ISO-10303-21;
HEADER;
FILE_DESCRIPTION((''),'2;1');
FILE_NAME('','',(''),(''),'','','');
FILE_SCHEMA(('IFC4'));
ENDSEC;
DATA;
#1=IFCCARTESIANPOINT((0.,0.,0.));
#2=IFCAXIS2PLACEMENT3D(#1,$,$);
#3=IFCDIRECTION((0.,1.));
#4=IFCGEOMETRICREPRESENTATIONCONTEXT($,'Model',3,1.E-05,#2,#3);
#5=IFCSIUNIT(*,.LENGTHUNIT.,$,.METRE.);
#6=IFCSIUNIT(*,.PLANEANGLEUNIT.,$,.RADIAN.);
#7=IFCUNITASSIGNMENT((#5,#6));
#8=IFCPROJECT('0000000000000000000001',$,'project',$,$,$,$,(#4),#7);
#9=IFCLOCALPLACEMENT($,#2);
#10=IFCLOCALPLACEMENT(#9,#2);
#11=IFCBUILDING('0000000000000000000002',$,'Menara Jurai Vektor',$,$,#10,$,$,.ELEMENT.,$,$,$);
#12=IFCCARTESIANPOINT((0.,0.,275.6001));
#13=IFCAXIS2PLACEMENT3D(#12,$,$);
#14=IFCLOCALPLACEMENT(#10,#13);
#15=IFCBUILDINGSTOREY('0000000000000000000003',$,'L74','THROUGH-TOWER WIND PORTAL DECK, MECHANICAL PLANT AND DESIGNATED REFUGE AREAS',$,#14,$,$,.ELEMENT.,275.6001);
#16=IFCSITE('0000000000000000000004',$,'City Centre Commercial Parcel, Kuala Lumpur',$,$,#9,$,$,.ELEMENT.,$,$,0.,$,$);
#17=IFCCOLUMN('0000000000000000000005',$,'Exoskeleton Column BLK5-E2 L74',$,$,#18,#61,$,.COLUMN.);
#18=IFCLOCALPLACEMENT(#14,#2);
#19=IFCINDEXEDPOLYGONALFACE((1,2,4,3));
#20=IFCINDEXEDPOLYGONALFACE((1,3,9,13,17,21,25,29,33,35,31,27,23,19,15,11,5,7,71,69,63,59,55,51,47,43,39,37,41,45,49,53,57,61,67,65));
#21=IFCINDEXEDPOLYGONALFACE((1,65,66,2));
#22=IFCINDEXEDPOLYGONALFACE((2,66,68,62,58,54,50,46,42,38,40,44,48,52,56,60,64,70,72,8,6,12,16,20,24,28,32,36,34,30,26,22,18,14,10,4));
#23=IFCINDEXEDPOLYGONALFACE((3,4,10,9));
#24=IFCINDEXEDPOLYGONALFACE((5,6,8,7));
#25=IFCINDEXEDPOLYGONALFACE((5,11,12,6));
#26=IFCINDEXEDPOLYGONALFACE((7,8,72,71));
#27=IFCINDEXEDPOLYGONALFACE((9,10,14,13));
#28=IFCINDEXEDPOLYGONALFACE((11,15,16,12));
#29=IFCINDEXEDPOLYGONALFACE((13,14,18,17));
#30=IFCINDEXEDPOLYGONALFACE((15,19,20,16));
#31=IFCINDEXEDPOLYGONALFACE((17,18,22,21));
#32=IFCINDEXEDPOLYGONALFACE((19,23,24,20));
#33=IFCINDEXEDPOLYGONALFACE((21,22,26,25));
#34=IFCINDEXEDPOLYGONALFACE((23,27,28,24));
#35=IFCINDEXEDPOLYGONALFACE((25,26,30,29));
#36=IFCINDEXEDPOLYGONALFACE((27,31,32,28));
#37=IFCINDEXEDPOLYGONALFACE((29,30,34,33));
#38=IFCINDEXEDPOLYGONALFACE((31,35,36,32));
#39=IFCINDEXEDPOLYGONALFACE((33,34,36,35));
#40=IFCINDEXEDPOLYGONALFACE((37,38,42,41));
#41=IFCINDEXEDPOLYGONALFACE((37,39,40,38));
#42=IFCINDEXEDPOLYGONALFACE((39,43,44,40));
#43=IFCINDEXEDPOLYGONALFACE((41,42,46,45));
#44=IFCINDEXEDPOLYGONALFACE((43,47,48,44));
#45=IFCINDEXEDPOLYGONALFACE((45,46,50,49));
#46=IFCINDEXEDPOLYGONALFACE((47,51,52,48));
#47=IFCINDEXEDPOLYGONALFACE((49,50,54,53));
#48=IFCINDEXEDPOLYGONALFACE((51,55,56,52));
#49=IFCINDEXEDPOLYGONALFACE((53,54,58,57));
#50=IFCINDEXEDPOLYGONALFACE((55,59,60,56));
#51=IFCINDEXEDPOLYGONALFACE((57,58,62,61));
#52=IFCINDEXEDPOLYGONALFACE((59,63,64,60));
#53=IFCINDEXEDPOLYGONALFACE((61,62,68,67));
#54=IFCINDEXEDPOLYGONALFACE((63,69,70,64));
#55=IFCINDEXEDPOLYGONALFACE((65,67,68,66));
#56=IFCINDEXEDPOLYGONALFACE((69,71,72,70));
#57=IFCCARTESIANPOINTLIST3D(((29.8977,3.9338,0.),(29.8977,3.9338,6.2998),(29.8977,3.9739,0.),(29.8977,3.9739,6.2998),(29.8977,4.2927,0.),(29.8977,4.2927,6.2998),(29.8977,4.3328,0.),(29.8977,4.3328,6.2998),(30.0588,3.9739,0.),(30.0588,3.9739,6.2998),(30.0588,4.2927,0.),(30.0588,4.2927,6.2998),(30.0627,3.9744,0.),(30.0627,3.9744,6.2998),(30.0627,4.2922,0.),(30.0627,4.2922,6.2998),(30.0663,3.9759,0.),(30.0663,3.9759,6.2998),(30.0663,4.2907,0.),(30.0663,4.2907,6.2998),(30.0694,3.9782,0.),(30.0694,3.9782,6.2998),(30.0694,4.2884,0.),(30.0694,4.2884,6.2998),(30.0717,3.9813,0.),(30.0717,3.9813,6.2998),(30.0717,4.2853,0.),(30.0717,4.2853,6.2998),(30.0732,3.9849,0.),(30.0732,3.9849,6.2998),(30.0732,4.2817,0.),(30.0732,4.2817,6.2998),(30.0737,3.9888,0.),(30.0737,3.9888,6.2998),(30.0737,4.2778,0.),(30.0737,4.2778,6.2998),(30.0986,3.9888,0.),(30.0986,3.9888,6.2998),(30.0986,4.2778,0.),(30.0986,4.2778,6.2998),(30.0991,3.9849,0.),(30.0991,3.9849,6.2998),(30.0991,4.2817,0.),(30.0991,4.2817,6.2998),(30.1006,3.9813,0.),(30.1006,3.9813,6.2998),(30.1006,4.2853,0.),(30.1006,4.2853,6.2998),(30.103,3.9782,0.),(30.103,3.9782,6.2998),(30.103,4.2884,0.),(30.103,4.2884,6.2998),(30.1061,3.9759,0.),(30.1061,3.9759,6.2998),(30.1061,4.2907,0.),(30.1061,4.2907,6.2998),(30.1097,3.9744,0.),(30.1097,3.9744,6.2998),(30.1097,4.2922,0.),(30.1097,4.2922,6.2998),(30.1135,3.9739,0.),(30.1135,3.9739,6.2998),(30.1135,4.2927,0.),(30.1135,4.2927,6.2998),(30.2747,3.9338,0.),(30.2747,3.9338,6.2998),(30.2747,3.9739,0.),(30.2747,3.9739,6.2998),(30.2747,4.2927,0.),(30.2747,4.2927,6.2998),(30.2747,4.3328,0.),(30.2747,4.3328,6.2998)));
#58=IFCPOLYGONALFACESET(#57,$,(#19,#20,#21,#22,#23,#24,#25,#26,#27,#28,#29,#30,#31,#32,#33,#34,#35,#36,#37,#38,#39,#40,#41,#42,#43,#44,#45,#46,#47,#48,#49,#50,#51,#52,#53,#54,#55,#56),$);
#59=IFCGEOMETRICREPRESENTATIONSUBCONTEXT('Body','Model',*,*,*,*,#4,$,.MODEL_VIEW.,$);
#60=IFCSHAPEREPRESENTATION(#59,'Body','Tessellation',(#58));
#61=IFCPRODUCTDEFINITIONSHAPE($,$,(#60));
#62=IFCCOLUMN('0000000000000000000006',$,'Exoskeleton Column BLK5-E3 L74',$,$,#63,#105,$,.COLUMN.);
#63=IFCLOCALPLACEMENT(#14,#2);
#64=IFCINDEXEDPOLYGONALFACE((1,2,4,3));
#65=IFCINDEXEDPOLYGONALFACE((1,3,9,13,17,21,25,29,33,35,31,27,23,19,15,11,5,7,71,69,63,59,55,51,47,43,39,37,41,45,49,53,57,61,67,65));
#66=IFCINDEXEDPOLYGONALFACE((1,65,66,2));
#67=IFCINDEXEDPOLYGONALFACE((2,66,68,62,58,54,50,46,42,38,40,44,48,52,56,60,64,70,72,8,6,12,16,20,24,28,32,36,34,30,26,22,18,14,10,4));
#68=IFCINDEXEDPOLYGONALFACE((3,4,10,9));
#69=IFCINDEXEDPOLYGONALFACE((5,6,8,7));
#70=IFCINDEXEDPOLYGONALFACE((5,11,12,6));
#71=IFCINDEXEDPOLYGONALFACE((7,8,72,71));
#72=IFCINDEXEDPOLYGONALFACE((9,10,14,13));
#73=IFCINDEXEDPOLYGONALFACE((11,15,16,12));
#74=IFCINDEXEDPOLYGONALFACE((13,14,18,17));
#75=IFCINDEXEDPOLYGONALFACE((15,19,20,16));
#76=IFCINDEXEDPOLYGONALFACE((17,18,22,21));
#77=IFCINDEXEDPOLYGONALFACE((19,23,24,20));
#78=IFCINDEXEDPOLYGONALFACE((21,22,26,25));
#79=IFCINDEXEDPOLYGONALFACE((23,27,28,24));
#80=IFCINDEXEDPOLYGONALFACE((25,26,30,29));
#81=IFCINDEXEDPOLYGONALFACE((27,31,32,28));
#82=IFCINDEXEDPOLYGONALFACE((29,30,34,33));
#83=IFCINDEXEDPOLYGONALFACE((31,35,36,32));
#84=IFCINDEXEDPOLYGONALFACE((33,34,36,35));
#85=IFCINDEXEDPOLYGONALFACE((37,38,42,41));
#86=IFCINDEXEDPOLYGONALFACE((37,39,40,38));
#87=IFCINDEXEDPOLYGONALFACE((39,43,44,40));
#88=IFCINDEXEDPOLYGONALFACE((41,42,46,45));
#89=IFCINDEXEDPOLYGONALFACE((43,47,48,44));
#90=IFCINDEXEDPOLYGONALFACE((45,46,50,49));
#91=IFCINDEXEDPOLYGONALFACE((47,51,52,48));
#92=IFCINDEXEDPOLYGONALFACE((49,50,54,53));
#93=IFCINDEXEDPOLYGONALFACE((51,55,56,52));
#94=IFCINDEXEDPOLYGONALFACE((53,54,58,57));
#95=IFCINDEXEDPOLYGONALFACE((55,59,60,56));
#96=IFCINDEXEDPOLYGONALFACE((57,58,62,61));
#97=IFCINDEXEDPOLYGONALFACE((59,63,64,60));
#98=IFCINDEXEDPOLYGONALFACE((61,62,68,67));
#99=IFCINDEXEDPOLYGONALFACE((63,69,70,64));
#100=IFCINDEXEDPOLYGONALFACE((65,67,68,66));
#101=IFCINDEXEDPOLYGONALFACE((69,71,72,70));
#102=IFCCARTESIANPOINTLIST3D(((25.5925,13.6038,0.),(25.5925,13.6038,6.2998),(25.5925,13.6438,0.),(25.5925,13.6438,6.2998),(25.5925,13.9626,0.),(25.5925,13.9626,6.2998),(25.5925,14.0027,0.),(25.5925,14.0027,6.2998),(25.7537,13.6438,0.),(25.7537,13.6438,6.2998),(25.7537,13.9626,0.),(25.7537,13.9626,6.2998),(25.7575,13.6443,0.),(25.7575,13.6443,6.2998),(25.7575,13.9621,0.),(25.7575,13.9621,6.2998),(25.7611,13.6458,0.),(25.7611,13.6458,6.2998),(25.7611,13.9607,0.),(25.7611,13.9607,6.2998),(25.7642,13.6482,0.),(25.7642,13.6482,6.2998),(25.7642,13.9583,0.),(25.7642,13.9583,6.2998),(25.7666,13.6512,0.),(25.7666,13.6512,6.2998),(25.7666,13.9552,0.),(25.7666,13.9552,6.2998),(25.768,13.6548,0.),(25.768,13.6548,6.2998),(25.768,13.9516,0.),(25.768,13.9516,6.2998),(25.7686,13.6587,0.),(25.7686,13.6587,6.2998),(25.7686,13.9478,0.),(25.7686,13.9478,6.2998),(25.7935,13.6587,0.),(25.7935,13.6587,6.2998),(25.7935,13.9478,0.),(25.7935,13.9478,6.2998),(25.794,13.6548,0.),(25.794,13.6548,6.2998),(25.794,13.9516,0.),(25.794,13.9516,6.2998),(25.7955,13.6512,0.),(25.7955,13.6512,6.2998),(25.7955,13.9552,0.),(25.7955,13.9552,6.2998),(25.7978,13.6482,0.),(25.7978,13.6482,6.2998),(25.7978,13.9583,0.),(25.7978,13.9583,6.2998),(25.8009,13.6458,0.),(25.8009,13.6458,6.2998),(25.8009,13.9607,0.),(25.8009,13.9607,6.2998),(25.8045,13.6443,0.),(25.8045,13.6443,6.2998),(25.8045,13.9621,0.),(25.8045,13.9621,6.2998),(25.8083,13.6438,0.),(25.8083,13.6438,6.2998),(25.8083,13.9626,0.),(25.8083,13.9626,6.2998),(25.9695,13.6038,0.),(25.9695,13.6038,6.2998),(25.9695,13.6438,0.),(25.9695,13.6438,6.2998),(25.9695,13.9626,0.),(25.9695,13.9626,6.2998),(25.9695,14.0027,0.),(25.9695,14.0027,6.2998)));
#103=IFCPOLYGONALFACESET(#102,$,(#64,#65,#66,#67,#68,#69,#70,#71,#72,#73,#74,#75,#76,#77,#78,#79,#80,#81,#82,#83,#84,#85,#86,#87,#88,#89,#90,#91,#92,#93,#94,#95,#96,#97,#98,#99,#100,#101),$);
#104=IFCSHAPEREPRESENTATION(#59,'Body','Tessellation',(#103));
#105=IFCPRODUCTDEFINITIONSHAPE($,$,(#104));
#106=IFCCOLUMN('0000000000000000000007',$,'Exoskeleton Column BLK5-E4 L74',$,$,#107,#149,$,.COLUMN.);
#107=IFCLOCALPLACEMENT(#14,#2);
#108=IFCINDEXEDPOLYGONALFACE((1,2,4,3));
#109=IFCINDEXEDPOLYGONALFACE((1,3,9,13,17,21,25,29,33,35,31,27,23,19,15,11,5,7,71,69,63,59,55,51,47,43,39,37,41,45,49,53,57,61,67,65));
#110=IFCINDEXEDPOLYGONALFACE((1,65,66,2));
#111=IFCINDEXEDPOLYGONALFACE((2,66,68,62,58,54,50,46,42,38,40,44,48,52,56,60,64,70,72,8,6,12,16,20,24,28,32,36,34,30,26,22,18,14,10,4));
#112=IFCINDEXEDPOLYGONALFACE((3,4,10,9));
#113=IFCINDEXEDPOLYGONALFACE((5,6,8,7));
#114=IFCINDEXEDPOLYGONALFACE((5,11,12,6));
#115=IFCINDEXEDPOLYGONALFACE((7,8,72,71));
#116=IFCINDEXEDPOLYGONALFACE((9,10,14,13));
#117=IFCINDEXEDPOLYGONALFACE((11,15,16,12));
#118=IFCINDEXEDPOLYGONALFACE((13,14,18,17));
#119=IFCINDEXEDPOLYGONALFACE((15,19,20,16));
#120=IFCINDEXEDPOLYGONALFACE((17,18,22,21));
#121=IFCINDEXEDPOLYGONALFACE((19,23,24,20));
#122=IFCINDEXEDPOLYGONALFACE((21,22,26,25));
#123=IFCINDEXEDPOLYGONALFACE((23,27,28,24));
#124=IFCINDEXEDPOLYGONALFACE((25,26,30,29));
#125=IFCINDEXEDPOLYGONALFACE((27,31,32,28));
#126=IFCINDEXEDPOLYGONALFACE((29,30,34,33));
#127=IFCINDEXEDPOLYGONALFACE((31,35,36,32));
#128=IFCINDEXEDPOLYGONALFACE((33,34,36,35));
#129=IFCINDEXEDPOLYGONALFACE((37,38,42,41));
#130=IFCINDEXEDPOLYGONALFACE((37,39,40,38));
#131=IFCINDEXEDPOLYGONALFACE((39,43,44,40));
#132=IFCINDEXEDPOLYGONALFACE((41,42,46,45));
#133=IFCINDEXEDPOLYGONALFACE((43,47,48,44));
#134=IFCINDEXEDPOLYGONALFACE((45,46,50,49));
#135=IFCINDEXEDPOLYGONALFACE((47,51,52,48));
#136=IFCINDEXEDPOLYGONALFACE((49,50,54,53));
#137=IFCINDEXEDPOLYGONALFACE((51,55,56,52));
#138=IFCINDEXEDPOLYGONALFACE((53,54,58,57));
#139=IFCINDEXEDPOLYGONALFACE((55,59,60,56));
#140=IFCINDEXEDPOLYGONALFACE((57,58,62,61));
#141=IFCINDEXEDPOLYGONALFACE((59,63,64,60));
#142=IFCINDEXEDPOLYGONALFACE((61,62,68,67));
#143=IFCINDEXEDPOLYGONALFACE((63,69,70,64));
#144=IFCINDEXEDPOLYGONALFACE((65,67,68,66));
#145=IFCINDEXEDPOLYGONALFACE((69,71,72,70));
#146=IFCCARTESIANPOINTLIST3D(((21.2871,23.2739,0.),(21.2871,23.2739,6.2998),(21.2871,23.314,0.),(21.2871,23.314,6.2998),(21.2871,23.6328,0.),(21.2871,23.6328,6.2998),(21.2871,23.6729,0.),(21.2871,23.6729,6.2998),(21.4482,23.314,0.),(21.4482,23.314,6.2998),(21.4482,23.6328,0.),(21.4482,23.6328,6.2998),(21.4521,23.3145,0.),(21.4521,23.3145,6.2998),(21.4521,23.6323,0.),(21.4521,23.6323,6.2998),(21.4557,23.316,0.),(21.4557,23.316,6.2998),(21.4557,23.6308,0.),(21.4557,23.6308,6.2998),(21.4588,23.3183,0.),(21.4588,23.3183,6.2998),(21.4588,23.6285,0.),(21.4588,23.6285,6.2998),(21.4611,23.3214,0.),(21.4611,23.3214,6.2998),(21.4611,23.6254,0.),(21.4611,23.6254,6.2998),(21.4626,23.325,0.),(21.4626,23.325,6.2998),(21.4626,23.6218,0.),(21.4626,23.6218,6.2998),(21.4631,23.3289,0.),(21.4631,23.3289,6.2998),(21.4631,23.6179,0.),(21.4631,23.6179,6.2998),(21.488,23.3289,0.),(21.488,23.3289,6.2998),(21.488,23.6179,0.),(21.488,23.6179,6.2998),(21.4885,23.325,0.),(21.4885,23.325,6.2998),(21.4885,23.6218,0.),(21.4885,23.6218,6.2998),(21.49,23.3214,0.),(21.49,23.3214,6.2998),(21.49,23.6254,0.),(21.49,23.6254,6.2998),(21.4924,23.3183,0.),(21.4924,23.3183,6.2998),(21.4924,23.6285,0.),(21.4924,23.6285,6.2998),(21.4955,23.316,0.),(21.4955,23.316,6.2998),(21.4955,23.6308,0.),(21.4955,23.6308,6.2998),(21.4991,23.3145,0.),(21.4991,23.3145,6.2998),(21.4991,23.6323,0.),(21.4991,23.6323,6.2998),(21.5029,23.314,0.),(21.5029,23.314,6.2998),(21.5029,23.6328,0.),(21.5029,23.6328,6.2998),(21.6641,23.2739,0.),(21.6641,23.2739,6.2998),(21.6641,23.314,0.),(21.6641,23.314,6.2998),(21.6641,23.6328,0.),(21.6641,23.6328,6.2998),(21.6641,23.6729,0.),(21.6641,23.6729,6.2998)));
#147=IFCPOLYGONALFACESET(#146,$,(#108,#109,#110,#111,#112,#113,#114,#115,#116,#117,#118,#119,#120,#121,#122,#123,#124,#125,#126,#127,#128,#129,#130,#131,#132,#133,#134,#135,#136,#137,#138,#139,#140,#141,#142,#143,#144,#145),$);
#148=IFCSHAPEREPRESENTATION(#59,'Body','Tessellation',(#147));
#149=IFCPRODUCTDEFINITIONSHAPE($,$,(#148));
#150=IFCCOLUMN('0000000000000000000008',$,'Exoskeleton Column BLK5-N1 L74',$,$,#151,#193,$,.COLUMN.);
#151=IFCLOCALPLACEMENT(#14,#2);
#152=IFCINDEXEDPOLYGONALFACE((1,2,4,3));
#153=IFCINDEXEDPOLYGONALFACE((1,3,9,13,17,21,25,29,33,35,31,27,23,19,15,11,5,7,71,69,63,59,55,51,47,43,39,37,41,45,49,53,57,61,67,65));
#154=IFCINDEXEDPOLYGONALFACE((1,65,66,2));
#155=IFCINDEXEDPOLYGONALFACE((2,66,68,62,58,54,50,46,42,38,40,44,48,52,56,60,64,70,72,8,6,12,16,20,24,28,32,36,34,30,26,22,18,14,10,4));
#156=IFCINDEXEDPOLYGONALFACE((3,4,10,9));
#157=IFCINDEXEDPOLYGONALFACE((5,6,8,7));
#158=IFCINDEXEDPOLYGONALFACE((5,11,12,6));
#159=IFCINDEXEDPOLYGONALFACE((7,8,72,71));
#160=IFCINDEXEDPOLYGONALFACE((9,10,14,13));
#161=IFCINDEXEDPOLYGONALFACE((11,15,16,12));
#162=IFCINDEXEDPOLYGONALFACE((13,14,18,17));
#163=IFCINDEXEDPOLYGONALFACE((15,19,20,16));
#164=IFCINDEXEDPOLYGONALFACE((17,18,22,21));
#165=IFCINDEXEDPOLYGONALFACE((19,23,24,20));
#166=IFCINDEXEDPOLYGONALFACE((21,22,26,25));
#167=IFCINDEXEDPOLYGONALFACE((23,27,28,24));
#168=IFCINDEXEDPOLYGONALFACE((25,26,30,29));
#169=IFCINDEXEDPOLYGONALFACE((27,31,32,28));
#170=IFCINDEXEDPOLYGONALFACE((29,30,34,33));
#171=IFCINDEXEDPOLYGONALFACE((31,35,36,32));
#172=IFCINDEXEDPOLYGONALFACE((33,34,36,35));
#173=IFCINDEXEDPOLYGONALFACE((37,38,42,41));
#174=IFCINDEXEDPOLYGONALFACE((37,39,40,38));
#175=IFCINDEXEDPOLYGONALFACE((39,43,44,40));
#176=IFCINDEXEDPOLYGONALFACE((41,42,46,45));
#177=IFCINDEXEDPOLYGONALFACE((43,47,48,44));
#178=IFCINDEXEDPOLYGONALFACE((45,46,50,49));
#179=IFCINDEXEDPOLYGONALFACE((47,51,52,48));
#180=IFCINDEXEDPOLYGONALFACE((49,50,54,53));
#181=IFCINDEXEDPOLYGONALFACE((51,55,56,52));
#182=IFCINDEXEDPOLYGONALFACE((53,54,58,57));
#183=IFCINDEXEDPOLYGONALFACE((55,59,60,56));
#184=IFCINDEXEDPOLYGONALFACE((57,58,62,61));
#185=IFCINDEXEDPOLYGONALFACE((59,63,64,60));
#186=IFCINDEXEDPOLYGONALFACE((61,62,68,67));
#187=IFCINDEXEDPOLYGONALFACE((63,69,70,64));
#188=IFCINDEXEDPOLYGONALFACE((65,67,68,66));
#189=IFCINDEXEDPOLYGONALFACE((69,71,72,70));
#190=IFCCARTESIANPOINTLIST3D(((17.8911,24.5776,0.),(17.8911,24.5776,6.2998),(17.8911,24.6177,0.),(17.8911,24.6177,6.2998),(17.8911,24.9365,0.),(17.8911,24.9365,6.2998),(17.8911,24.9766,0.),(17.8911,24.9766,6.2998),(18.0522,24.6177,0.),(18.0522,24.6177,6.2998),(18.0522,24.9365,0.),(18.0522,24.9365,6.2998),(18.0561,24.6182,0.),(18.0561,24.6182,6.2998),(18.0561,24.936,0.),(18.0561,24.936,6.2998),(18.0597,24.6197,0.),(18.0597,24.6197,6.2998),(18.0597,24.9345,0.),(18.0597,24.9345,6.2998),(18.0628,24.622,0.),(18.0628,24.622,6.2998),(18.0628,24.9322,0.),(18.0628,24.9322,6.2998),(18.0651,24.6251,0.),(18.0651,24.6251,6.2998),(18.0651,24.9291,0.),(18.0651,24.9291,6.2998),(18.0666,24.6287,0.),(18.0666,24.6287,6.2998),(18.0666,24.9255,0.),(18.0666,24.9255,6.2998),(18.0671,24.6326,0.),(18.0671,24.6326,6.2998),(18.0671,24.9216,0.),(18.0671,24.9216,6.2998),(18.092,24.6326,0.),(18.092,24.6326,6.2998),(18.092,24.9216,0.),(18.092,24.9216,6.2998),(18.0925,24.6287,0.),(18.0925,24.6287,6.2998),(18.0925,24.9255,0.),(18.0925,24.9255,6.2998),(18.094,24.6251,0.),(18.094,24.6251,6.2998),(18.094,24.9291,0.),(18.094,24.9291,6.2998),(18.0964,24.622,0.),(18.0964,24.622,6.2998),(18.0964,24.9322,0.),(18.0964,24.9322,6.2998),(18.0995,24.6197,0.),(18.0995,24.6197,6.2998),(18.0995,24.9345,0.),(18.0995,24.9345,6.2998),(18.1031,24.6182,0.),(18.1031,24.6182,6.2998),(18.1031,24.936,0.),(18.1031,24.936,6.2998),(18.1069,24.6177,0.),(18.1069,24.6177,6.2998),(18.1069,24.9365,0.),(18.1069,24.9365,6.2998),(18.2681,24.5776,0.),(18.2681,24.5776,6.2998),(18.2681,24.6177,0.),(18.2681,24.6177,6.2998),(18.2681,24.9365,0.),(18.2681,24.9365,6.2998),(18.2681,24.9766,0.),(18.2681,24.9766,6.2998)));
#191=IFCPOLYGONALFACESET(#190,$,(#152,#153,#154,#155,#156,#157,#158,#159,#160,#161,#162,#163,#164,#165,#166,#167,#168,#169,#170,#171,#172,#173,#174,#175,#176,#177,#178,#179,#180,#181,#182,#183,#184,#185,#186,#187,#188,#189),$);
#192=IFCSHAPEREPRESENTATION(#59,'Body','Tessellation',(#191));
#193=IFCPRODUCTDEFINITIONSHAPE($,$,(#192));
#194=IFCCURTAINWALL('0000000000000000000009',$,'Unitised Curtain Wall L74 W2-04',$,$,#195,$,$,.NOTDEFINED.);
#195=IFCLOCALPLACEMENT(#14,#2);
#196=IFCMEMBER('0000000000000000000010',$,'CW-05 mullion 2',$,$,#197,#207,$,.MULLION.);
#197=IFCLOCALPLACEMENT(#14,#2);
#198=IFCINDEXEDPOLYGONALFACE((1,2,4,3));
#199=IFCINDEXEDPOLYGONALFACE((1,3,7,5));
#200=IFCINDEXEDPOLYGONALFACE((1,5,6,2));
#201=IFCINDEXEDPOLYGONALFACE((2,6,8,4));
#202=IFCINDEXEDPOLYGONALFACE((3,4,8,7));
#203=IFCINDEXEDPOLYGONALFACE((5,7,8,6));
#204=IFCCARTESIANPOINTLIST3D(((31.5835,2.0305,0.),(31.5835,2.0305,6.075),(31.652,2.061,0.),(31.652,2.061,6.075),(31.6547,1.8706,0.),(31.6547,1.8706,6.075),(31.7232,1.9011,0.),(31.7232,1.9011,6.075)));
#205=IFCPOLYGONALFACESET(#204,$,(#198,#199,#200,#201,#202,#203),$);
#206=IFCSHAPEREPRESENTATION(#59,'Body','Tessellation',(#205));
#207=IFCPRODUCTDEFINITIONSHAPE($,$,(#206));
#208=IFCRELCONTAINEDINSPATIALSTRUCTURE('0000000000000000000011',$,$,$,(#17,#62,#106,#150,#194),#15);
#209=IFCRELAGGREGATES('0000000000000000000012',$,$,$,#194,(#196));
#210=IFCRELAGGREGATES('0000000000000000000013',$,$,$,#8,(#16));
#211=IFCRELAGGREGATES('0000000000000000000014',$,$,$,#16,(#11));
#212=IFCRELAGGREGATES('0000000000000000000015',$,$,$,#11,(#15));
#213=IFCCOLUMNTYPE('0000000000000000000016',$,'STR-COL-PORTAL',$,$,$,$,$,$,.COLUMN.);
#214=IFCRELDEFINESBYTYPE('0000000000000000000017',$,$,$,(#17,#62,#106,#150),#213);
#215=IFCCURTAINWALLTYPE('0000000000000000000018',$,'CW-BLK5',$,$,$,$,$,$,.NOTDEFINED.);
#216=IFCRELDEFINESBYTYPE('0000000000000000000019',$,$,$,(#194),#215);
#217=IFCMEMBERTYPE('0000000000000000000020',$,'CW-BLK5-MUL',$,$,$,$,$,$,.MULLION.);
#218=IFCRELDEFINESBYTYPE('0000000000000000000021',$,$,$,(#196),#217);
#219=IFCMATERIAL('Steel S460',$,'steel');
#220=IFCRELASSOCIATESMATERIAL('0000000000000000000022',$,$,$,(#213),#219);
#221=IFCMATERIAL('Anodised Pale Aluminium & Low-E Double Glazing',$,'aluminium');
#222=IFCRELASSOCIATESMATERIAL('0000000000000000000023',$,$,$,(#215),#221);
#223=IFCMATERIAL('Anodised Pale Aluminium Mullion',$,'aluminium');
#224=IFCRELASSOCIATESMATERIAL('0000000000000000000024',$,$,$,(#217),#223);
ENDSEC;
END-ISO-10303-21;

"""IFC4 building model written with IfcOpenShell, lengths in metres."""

from ifc_helpers import new_model, si_unit, direction, frame, origin, origin_2d, place, context, subcontext, project, spatial, rectangle, i_section, extrude, material, material_profile, profile_set, type_object, element, aggregate, save


model = new_model("IFC4")

# Units and contexts
model_context = context("Model", 3, precision=1e-05, world=origin(), true_north=direction((0.0, 1.0)))
body_context = subcontext(model_context, "Body", "Model", "MODEL_VIEW")
ifc_project = project(units=[si_unit("LENGTHUNIT", "METRE"), si_unit("PLANEANGLEUNIT", "RADIAN")], contexts=[model_context])

# Site, building, storey
site_placement = place(None, origin())
site = spatial("IfcSite", under=ifc_project, at=site_placement, Name="City Centre Commercial Parcel, Kuala Lumpur", CompositionType="ELEMENT", RefElevation=0.0)
building_placement = place(site_placement, origin())
building = spatial("IfcBuilding", under=site, at=building_placement, Name="Menara Jurai Vektor", CompositionType="ELEMENT")
storey_placement = place(building_placement, frame((0.0, 0.0, 275.6001)))
storey = spatial("IfcBuildingStorey", under=building, at=storey_placement, Name="L74", Description="THROUGH-TOWER WIND PORTAL DECK, MECHANICAL PLANT AND DESIGNATED REFUGE AREAS", CompositionType="ELEMENT", Elevation=275.6001)

# Columns
ifc_material_1 = material(Name="Steel S460", Category="steel")
ifc_material_profile_1 = material_profile(ifc_material_1, i_section(OverallWidth=0.377, OverallDepth=0.3989, WebThickness=0.0249, FlangeThickness=0.04, FilletRadius=0.0149, at=origin_2d()), Name="HD 360x314")
ifc_profile_set_1 = profile_set([ifc_material_profile_1], Name="Steel S460")
column_type = type_object("IfcColumnType", Name="STR-COL-PORTAL", PredefinedType="COLUMN", material=ifc_profile_set_1)
for number, where, z_axis, x_axis, name in (
    (1, (30.0862, 4.1333, 0.0), (0.0, 0.0, 1.0), (1.0, 0.0, 0.0), "Exoskeleton Column BLK5-E2 L74"),
    (2, (25.781, 13.8032, 0.0), (0.0, 0.0, 1.0), (1.0, 0.0, 0.0), "Exoskeleton Column BLK5-E3 L74"),
    (3, (21.4756, 23.4734, 0.0), (0.0, 0.0, 1.0), (1.0, 0.0, 0.0), "Exoskeleton Column BLK5-E4 L74"),
    (4, (18.0796, 24.7771, 0.0), (0.0, 0.0, 1.0), (1.0, 0.0, 0.0), "Exoskeleton Column BLK5-N1 L74"),
):
    element("IfcColumn", number, at=place(storey_placement, frame(where, z_axis=z_axis, x_axis=x_axis)), inside=storey, type_object=column_type, Name=name, PredefinedType="COLUMN", context=body_context, shape_type="SweptSolid", body=[
        extrude(i_section(OverallWidth=0.377, OverallDepth=0.3989, WebThickness=0.0249, FlangeThickness=0.04, FilletRadius=0.0149, at=origin_2d()), origin(), (0.0, 0.0, 1.0), 6.2998),
    ])

# Curtain wall, member
ifc_material_2 = material(Name="Anodised Pale Aluminium & Low-E Double Glazing", Category="aluminium")
curtain_wall_type = type_object("IfcCurtainWallType", Name="CW-BLK5", PredefinedType="NOTDEFINED", material=ifc_material_2)
curtain_wall_1_placement = place(storey_placement, origin())
curtain_wall_1 = element("IfcCurtainWall", 5, at=curtain_wall_1_placement, inside=storey, type_object=curtain_wall_type, Name="Unitised Curtain Wall L74 W2-04", PredefinedType="NOTDEFINED")
ifc_material_3 = material(Name="Anodised Pale Aluminium Mullion", Category="aluminium")
ifc_material_profile_2 = material_profile(ifc_material_3, rectangle(XDim=0.075, YDim=0.175, at=origin_2d()), Name="ALU MUL 75x175")
ifc_profile_set_2 = profile_set([ifc_material_profile_2], Name="Anodised Pale Aluminium Mullion")
member_type_1 = type_object("IfcMemberType", Name="CW-BLK5-MUL", PredefinedType="MULLION", material=ifc_profile_set_2)
member_1_placement = place(storey_placement, frame((31.6533, 1.9658, 0.0), z_axis=(0.0, 0.0, 1.0), x_axis=(-0.913546, -0.406735, 0.0)))
member_1 = element("IfcMember", 6, at=member_1_placement, type_object=member_type_1, Name="CW-05 mullion 2", PredefinedType="MULLION", context=body_context, shape_type="SweptSolid", body=[
    extrude(rectangle(XDim=0.075, YDim=0.175, at=origin_2d()), origin(), (0.0, 0.0, 1.0), 6.075),
])

aggregate(curtain_wall_1, [member_1])

save(model, "model.ifc")
